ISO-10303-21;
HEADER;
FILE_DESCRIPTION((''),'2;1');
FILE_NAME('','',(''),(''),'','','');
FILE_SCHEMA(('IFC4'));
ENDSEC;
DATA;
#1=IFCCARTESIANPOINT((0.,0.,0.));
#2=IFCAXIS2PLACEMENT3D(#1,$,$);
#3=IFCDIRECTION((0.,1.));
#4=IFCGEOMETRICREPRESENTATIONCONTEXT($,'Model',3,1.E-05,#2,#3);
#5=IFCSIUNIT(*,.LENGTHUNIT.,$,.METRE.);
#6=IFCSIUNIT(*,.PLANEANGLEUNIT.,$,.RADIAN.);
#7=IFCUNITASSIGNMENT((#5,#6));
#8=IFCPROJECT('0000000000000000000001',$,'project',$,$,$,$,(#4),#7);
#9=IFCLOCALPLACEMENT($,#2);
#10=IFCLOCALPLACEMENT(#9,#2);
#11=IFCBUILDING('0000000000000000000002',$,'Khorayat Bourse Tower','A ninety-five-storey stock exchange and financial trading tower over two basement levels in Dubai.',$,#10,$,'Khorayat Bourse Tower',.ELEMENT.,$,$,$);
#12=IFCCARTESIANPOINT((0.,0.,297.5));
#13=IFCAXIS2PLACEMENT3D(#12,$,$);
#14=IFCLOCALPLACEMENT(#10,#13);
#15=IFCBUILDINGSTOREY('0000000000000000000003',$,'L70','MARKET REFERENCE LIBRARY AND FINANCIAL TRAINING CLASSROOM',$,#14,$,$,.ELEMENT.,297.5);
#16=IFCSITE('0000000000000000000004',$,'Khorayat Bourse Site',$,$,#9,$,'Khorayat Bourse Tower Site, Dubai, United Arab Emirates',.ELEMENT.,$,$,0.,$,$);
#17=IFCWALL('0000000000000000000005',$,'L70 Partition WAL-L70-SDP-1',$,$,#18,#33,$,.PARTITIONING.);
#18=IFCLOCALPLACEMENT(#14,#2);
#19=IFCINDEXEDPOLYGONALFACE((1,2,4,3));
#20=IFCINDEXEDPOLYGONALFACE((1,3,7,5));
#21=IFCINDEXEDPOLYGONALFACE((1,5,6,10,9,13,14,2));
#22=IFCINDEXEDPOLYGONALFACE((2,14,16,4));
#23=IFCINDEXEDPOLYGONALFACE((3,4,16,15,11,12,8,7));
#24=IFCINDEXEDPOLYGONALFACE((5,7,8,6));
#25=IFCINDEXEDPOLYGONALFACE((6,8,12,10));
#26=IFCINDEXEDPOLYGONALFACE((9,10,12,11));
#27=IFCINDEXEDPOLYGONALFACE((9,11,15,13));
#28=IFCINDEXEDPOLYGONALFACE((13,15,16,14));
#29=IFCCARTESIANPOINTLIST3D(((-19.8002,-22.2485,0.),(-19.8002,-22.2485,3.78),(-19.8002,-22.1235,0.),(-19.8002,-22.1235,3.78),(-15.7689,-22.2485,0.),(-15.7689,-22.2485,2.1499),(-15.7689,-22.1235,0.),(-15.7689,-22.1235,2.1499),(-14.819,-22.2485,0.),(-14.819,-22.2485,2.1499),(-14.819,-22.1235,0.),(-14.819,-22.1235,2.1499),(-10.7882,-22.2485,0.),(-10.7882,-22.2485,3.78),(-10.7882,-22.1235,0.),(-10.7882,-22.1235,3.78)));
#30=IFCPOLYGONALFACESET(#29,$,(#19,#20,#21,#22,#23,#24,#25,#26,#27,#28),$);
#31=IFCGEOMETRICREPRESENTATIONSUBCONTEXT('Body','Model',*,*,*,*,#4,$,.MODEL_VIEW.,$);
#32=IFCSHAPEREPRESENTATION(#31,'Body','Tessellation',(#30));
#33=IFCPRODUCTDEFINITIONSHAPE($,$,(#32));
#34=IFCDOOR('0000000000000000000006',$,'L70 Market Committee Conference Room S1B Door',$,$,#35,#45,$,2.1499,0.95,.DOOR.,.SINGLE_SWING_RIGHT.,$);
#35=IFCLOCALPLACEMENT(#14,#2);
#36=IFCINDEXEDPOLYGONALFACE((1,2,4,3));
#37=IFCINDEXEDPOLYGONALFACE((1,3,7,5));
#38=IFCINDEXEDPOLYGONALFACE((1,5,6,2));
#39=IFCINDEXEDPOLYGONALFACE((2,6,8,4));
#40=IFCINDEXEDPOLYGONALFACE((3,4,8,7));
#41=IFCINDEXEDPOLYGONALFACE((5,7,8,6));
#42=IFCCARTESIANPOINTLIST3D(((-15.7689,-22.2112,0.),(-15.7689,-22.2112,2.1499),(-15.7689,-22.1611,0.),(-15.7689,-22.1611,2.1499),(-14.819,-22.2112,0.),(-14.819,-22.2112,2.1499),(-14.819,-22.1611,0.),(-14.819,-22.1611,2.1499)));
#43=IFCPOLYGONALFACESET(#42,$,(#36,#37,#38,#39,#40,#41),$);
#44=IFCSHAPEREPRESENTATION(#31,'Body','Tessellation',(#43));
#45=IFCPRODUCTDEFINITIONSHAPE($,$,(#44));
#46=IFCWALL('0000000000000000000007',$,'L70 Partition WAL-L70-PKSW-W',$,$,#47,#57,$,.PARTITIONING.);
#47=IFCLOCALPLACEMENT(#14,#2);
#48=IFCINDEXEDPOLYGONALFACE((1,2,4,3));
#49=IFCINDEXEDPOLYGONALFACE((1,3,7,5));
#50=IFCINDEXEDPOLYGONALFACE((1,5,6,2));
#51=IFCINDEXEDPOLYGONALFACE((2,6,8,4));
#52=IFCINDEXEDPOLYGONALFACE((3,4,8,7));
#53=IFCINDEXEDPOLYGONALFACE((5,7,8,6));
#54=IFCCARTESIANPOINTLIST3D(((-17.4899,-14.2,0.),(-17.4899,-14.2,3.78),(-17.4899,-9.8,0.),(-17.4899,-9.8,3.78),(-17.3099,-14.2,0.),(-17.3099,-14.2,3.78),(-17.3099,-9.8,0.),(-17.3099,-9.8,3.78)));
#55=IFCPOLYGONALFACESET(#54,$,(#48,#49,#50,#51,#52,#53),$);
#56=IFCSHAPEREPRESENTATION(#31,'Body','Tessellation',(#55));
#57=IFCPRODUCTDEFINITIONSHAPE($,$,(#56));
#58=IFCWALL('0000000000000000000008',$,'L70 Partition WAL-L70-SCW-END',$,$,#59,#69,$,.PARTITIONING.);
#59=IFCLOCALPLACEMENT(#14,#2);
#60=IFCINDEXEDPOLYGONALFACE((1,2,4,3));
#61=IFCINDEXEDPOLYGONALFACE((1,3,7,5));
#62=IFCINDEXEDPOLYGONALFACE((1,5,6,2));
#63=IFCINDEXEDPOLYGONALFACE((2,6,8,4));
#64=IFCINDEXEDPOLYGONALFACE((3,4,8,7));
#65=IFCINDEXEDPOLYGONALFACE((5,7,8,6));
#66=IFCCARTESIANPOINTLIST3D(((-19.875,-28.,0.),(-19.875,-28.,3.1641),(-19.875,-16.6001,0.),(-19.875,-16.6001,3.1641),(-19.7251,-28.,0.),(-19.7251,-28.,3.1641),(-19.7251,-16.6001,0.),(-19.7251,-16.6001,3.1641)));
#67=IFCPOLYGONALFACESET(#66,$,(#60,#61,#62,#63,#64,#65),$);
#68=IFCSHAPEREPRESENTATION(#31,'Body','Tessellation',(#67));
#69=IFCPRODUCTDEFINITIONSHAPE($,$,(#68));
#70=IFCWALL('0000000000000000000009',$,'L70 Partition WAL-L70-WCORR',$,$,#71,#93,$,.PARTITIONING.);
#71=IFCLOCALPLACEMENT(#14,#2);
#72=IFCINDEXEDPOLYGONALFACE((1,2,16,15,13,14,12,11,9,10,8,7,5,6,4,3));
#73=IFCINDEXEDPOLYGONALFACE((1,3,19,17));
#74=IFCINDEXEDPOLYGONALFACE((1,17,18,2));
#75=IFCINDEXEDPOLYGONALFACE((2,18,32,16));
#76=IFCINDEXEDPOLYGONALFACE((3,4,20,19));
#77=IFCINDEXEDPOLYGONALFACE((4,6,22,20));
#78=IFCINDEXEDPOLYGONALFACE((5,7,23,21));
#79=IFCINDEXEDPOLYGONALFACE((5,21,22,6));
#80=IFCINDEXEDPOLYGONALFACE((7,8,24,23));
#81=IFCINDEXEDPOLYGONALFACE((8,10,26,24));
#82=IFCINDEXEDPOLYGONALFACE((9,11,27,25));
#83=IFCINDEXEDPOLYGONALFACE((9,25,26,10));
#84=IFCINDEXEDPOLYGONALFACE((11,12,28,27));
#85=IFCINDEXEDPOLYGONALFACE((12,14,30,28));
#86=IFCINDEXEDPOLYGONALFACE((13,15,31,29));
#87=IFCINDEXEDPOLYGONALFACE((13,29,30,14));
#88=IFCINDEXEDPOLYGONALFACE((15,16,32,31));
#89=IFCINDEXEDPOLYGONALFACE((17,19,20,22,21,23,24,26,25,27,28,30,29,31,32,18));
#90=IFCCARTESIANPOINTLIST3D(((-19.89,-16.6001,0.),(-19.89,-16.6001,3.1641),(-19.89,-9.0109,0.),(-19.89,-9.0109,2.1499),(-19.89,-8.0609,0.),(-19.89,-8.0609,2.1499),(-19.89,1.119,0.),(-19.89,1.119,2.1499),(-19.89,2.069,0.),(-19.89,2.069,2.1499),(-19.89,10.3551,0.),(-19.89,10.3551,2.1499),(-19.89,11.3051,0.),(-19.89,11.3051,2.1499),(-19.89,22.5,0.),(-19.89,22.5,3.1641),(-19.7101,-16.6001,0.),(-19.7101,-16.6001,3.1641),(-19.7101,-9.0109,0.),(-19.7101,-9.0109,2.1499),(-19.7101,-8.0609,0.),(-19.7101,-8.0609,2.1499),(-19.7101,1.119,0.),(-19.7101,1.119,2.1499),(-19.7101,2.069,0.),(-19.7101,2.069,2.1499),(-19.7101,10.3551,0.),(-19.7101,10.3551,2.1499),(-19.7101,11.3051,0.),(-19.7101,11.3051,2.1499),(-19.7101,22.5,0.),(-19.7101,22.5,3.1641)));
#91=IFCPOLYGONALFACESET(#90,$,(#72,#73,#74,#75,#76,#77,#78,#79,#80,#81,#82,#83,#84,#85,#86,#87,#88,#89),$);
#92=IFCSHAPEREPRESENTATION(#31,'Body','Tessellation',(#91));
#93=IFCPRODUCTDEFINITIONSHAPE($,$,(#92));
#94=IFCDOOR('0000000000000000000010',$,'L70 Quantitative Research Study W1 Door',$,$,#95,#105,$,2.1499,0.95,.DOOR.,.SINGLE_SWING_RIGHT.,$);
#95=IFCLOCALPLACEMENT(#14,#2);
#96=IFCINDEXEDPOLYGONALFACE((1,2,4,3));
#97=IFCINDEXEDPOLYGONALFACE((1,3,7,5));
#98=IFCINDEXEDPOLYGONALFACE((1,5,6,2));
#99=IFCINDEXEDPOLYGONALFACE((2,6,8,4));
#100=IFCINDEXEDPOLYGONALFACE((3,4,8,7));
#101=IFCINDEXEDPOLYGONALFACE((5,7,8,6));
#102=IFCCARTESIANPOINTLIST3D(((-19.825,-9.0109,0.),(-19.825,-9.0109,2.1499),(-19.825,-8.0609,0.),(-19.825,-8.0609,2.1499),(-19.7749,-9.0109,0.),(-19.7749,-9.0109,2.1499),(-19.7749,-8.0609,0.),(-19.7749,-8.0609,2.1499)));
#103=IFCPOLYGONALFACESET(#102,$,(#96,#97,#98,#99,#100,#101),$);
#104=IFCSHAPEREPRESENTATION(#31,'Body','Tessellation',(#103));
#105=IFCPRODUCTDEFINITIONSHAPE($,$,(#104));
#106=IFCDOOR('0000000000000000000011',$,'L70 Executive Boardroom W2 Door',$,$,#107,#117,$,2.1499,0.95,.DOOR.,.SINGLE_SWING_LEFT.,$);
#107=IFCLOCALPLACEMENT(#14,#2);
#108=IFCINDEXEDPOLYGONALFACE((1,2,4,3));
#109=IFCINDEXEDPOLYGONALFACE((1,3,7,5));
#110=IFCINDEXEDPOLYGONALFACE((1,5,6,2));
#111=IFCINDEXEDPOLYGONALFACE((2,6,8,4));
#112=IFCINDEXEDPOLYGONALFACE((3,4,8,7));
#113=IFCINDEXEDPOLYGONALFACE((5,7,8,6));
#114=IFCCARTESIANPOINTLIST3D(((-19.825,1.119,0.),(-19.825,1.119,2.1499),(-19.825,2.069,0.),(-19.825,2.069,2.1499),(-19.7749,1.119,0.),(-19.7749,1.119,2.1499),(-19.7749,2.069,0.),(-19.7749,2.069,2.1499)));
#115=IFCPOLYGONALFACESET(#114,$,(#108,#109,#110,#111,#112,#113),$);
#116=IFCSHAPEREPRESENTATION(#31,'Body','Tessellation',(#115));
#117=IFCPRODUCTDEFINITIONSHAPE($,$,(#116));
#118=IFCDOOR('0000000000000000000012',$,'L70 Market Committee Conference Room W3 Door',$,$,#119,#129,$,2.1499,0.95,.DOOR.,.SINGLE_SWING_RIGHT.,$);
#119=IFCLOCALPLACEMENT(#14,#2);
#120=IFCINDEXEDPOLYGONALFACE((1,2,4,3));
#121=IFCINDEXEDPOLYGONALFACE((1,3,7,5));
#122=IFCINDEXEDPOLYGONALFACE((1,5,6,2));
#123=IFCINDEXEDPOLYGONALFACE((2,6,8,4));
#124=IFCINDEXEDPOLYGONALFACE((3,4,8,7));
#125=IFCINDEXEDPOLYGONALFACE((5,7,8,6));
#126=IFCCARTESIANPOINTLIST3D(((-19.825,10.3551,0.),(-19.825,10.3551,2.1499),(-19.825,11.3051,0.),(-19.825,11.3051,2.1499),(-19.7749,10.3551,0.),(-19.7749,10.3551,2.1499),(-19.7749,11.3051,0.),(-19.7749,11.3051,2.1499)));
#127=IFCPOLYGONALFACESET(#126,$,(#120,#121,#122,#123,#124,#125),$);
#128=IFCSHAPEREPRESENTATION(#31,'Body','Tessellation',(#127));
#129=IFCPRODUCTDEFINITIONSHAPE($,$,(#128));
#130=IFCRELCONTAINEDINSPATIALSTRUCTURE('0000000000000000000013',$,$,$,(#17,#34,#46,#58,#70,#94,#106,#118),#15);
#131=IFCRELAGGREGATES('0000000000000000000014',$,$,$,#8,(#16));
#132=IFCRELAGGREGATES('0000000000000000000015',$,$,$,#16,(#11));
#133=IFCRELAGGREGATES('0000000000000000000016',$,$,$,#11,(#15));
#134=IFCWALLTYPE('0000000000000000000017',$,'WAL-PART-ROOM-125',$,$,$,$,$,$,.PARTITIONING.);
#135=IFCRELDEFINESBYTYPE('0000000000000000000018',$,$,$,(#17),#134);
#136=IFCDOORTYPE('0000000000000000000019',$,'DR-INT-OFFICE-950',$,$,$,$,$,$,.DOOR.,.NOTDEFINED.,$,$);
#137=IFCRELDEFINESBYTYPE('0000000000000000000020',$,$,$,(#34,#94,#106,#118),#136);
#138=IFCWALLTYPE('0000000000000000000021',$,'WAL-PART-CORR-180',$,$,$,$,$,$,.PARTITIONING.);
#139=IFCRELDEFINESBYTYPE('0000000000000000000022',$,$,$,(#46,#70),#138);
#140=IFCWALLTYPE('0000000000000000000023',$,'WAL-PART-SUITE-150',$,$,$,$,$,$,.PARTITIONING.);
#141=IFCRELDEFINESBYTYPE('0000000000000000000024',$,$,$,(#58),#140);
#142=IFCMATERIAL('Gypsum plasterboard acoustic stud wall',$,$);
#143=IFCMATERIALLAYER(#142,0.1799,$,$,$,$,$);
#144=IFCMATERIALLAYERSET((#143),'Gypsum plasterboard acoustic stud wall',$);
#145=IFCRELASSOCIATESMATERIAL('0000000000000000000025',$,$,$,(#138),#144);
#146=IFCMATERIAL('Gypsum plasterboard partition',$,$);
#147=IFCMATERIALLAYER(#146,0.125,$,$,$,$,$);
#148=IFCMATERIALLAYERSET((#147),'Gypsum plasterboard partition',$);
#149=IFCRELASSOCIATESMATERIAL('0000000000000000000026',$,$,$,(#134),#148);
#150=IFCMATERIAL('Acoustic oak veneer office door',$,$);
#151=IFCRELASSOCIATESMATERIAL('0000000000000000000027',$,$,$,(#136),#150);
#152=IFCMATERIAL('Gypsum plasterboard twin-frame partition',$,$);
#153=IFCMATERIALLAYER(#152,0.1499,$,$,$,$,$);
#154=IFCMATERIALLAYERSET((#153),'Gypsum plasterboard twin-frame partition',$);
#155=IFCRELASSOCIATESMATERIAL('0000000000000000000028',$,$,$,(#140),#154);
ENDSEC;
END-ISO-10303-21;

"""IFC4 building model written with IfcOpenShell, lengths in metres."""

from ifc_helpers import new_model, si_unit, direction, frame, frame_2d, origin, place, context, subcontext, project, spatial, rectangle, extrude, source, transform, mapped, material, layer, layer_set, type_object, element, fill, save


model = new_model("IFC4")

# Units and contexts
model_context = context("Model", 3, precision=1e-05, world=origin(), true_north=direction((0.0, 1.0)))
body_context = subcontext(model_context, "Body", "Model", "MODEL_VIEW")
ifc_project = project(units=[si_unit("LENGTHUNIT", "METRE"), si_unit("PLANEANGLEUNIT", "RADIAN")], contexts=[model_context])

# Site, building, storey
site_placement = place(None, origin())
site = spatial("IfcSite", under=ifc_project, at=site_placement, Name="Khorayat Bourse Site", LongName="Khorayat Bourse Tower Site, Dubai, United Arab Emirates", CompositionType="ELEMENT", RefElevation=0.0)
building_placement = place(site_placement, origin())
building = spatial("IfcBuilding", under=site, at=building_placement, Name="Khorayat Bourse Tower", Description="A ninety-five-storey stock exchange and financial trading tower over two basement levels in Dubai.", LongName="Khorayat Bourse Tower", CompositionType="ELEMENT")
storey_placement = place(building_placement, frame((0.0, 0.0, 297.5)))
storey = spatial("IfcBuildingStorey", under=building, at=storey_placement, Name="L70", Description="MARKET REFERENCE LIBRARY AND FINANCIAL TRAINING CLASSROOM", CompositionType="ELEMENT", Elevation=297.5)

# Shared definitions
ifc_material_1 = material(Name="Gypsum plasterboard acoustic stud wall")
ifc_layer_1 = layer(ifc_material_1, 0.1799)
ifc_layer_set_1 = layer_set([ifc_layer_1], Name="Gypsum plasterboard acoustic stud wall")
wall_type_1 = type_object("IfcWallType", Name="WAL-PART-CORR-180", PredefinedType="PARTITIONING", material=ifc_layer_set_1)

# Wall, opening, door
ifc_material_2 = material(Name="Gypsum plasterboard partition")
ifc_layer_2 = layer(ifc_material_2, 0.125)
ifc_layer_set_2 = layer_set([ifc_layer_2], Name="Gypsum plasterboard partition")
wall_type_2 = type_object("IfcWallType", Name="WAL-PART-ROOM-125", PredefinedType="PARTITIONING", material=ifc_layer_set_2)
shared_shape_1 = source(origin(), body_context, "Body", "SweptSolid", [
    extrude(rectangle(XDim=9.012, YDim=0.125, at=frame_2d((4.5059, 0.0))), origin(), (0.0, 0.0, 1.0), 3.78),
])
wall_1_placement = place(storey_placement, frame((-19.8, -22.186, 0.0), z_axis=(0.0, 0.0, 1.0), x_axis=(1.0, 0.0, 0.0)))
wall_1 = element("IfcWall", 1, at=wall_1_placement, inside=storey, type_object=wall_type_2, Name="L70 Partition WAL-L70-SDP-1", PredefinedType="PARTITIONING", context=body_context, shape_type="MappedRepresentation", body=[
    mapped(shared_shape_1, transform((0.0, 0.0, 0.0), scale=1.0)),
])
shared_shape_2 = source(origin(), body_context, "Body", "SweptSolid", [
    extrude(rectangle(XDim=0.95, YDim=2.1499, at=frame_2d((0.4751, 1.075))), frame((0.0, 0.0725, 0.0), z_axis=(0.0, -1.0, 0.0), x_axis=(1.0, 0.0, 0.0)), (0.0, 0.0, 1.0), 0.145),
])
opening_1_placement = place(wall_1_placement, frame((4.031, 0.0, 0.0)))
opening_1 = element("IfcOpeningElement", 2, at=opening_1_placement, cuts=wall_1, PredefinedType="OPENING", context=body_context, shape_type="MappedRepresentation", body=[
    mapped(shared_shape_2, transform((0.0, 0.0, 0.0), scale=1.0)),
])
ifc_material_3 = material(Name="Acoustic oak veneer office door")
door_type_1 = type_object("IfcDoorType", Name="DR-INT-OFFICE-950", OperationType="NOTDEFINED", PredefinedType="DOOR", material=ifc_material_3)
shared_shape_3 = source(origin(), body_context, "Body", "SweptSolid", [
    extrude(rectangle(XDim=0.95, YDim=2.1499, at=frame_2d((0.4751, 1.075))), frame((0.0, 0.0249, 0.0), z_axis=(0.0, -1.0, 0.0), x_axis=(1.0, 0.0, 0.0)), (0.0, 0.0, 1.0), 0.05),
])
door_1_placement = place(opening_1_placement, origin())
door_1 = element("IfcDoor", 3, at=door_1_placement, inside=storey, type_object=door_type_1, Name="L70 Market Committee Conference Room S1B Door", OperationType="SINGLE_SWING_RIGHT", OverallHeight=2.1499, OverallWidth=0.95, PredefinedType="DOOR", context=body_context, shape_type="MappedRepresentation", body=[
    mapped(shared_shape_3, transform((0.0, 0.0, 0.0), scale=1.0)),
])
fill(opening_1, door_1)

# Walls
shared_shape_4 = source(origin(), body_context, "Body", "SweptSolid", [
    extrude(rectangle(XDim=4.3999, YDim=0.1799, at=frame_2d((2.2, 0.0))), origin(), (0.0, 0.0, 1.0), 3.78),
])
wall_2_placement = place(storey_placement, frame((-17.3999, -14.2, 0.0), z_axis=(0.0, 0.0, 1.0), x_axis=(0.0, 1.0, 0.0)))
element("IfcWall", 4, at=wall_2_placement, inside=storey, type_object=wall_type_1, Name="L70 Partition WAL-L70-PKSW-W", PredefinedType="PARTITIONING", context=body_context, shape_type="MappedRepresentation", body=[
    mapped(shared_shape_4, transform((0.0, 0.0, 0.0), scale=1.0)),
])
ifc_material_4 = material(Name="Gypsum plasterboard twin-frame partition")
ifc_layer_3 = layer(ifc_material_4, 0.1499)
ifc_layer_set_3 = layer_set([ifc_layer_3], Name="Gypsum plasterboard twin-frame partition")
wall_type_3 = type_object("IfcWallType", Name="WAL-PART-SUITE-150", PredefinedType="PARTITIONING", material=ifc_layer_set_3)
shared_shape_5 = source(origin(), body_context, "Body", "SweptSolid", [
    extrude(rectangle(XDim=11.3999, YDim=0.1499, at=frame_2d((5.7, 0.0))), origin(), (0.0, 0.0, 1.0), 3.1641),
])
wall_3_placement = place(storey_placement, frame((-19.8, -28.0, 0.0), z_axis=(0.0, 0.0, 1.0), x_axis=(0.0, 1.0, 0.0)))
element("IfcWall", 5, at=wall_3_placement, inside=storey, type_object=wall_type_3, Name="L70 Partition WAL-L70-SCW-END", PredefinedType="PARTITIONING", context=body_context, shape_type="MappedRepresentation", body=[
    mapped(shared_shape_5, transform((0.0, 0.0, 0.0), scale=1.0)),
])

# Wall, openings, doors
shared_shape_6 = source(origin(), body_context, "Body", "SweptSolid", [
    extrude(rectangle(XDim=39.1001, YDim=0.1799, at=frame_2d((19.55, 0.0))), origin(), (0.0, 0.0, 1.0), 3.1641),
])
wall_4_placement = place(storey_placement, frame((-19.8, -16.6001, 0.0), z_axis=(0.0, 0.0, 1.0), x_axis=(0.0, 1.0, 0.0)))
wall_4 = element("IfcWall", 6, at=wall_4_placement, inside=storey, type_object=wall_type_1, Name="L70 Partition WAL-L70-WCORR", PredefinedType="PARTITIONING", context=body_context, shape_type="MappedRepresentation", body=[
    mapped(shared_shape_6, transform((0.0, 0.0, 0.0), scale=1.0)),
])
shared_shape_7 = source(origin(), body_context, "Body", "SweptSolid", [
    extrude(rectangle(XDim=0.95, YDim=2.1499, at=frame_2d((0.4751, 1.075))), frame((0.0, 0.0999, 0.0), z_axis=(0.0, -1.0, 0.0), x_axis=(1.0, 0.0, 0.0)), (0.0, 0.0, 1.0), 0.2),
])
opening_2_placement = place(wall_4_placement, frame((7.5891, 0.0, 0.0)))
opening_2 = element("IfcOpeningElement", 7, at=opening_2_placement, cuts=wall_4, PredefinedType="OPENING", context=body_context, shape_type="MappedRepresentation", body=[
    mapped(shared_shape_7, transform((0.0, 0.0, 0.0), scale=1.0)),
])
opening_3_placement = place(wall_4_placement, frame((17.719, 0.0, 0.0)))
opening_3 = element("IfcOpeningElement", 8, at=opening_3_placement, cuts=wall_4, PredefinedType="OPENING", context=body_context, shape_type="MappedRepresentation", body=[
    mapped(shared_shape_7, transform((0.0, 0.0, 0.0), scale=1.0)),
])
opening_4_placement = place(wall_4_placement, frame((26.9551, 0.0, 0.0)))
opening_4 = element("IfcOpeningElement", 9, at=opening_4_placement, cuts=wall_4, PredefinedType="OPENING", context=body_context, shape_type="MappedRepresentation", body=[
    mapped(shared_shape_7, transform((0.0, 0.0, 0.0), scale=1.0)),
])
door_2_placement = place(opening_2_placement, origin())
door_2 = element("IfcDoor", 10, at=door_2_placement, inside=storey, type_object=door_type_1, Name="L70 Quantitative Research Study W1 Door", OperationType="SINGLE_SWING_RIGHT", OverallHeight=2.1499, OverallWidth=0.95, PredefinedType="DOOR", context=body_context, shape_type="MappedRepresentation", body=[
    mapped(shared_shape_3, transform((0.0, 0.0, 0.0), scale=1.0)),
])
fill(opening_2, door_2)
door_3_placement = place(opening_3_placement, origin())
door_3 = element("IfcDoor", 11, at=door_3_placement, inside=storey, type_object=door_type_1, Name="L70 Executive Boardroom W2 Door", OperationType="SINGLE_SWING_LEFT", OverallHeight=2.1499, OverallWidth=0.95, PredefinedType="DOOR", context=body_context, shape_type="MappedRepresentation", body=[
    mapped(shared_shape_3, transform((0.0, 0.0, 0.0), scale=1.0)),
])
fill(opening_3, door_3)
door_4_placement = place(opening_4_placement, origin())
door_4 = element("IfcDoor", 12, at=door_4_placement, inside=storey, type_object=door_type_1, Name="L70 Market Committee Conference Room W3 Door", OperationType="SINGLE_SWING_RIGHT", OverallHeight=2.1499, OverallWidth=0.95, PredefinedType="DOOR", context=body_context, shape_type="MappedRepresentation", body=[
    mapped(shared_shape_3, transform((0.0, 0.0, 0.0), scale=1.0)),
])
fill(opening_4, door_4)

save(model, "model.ifc")
